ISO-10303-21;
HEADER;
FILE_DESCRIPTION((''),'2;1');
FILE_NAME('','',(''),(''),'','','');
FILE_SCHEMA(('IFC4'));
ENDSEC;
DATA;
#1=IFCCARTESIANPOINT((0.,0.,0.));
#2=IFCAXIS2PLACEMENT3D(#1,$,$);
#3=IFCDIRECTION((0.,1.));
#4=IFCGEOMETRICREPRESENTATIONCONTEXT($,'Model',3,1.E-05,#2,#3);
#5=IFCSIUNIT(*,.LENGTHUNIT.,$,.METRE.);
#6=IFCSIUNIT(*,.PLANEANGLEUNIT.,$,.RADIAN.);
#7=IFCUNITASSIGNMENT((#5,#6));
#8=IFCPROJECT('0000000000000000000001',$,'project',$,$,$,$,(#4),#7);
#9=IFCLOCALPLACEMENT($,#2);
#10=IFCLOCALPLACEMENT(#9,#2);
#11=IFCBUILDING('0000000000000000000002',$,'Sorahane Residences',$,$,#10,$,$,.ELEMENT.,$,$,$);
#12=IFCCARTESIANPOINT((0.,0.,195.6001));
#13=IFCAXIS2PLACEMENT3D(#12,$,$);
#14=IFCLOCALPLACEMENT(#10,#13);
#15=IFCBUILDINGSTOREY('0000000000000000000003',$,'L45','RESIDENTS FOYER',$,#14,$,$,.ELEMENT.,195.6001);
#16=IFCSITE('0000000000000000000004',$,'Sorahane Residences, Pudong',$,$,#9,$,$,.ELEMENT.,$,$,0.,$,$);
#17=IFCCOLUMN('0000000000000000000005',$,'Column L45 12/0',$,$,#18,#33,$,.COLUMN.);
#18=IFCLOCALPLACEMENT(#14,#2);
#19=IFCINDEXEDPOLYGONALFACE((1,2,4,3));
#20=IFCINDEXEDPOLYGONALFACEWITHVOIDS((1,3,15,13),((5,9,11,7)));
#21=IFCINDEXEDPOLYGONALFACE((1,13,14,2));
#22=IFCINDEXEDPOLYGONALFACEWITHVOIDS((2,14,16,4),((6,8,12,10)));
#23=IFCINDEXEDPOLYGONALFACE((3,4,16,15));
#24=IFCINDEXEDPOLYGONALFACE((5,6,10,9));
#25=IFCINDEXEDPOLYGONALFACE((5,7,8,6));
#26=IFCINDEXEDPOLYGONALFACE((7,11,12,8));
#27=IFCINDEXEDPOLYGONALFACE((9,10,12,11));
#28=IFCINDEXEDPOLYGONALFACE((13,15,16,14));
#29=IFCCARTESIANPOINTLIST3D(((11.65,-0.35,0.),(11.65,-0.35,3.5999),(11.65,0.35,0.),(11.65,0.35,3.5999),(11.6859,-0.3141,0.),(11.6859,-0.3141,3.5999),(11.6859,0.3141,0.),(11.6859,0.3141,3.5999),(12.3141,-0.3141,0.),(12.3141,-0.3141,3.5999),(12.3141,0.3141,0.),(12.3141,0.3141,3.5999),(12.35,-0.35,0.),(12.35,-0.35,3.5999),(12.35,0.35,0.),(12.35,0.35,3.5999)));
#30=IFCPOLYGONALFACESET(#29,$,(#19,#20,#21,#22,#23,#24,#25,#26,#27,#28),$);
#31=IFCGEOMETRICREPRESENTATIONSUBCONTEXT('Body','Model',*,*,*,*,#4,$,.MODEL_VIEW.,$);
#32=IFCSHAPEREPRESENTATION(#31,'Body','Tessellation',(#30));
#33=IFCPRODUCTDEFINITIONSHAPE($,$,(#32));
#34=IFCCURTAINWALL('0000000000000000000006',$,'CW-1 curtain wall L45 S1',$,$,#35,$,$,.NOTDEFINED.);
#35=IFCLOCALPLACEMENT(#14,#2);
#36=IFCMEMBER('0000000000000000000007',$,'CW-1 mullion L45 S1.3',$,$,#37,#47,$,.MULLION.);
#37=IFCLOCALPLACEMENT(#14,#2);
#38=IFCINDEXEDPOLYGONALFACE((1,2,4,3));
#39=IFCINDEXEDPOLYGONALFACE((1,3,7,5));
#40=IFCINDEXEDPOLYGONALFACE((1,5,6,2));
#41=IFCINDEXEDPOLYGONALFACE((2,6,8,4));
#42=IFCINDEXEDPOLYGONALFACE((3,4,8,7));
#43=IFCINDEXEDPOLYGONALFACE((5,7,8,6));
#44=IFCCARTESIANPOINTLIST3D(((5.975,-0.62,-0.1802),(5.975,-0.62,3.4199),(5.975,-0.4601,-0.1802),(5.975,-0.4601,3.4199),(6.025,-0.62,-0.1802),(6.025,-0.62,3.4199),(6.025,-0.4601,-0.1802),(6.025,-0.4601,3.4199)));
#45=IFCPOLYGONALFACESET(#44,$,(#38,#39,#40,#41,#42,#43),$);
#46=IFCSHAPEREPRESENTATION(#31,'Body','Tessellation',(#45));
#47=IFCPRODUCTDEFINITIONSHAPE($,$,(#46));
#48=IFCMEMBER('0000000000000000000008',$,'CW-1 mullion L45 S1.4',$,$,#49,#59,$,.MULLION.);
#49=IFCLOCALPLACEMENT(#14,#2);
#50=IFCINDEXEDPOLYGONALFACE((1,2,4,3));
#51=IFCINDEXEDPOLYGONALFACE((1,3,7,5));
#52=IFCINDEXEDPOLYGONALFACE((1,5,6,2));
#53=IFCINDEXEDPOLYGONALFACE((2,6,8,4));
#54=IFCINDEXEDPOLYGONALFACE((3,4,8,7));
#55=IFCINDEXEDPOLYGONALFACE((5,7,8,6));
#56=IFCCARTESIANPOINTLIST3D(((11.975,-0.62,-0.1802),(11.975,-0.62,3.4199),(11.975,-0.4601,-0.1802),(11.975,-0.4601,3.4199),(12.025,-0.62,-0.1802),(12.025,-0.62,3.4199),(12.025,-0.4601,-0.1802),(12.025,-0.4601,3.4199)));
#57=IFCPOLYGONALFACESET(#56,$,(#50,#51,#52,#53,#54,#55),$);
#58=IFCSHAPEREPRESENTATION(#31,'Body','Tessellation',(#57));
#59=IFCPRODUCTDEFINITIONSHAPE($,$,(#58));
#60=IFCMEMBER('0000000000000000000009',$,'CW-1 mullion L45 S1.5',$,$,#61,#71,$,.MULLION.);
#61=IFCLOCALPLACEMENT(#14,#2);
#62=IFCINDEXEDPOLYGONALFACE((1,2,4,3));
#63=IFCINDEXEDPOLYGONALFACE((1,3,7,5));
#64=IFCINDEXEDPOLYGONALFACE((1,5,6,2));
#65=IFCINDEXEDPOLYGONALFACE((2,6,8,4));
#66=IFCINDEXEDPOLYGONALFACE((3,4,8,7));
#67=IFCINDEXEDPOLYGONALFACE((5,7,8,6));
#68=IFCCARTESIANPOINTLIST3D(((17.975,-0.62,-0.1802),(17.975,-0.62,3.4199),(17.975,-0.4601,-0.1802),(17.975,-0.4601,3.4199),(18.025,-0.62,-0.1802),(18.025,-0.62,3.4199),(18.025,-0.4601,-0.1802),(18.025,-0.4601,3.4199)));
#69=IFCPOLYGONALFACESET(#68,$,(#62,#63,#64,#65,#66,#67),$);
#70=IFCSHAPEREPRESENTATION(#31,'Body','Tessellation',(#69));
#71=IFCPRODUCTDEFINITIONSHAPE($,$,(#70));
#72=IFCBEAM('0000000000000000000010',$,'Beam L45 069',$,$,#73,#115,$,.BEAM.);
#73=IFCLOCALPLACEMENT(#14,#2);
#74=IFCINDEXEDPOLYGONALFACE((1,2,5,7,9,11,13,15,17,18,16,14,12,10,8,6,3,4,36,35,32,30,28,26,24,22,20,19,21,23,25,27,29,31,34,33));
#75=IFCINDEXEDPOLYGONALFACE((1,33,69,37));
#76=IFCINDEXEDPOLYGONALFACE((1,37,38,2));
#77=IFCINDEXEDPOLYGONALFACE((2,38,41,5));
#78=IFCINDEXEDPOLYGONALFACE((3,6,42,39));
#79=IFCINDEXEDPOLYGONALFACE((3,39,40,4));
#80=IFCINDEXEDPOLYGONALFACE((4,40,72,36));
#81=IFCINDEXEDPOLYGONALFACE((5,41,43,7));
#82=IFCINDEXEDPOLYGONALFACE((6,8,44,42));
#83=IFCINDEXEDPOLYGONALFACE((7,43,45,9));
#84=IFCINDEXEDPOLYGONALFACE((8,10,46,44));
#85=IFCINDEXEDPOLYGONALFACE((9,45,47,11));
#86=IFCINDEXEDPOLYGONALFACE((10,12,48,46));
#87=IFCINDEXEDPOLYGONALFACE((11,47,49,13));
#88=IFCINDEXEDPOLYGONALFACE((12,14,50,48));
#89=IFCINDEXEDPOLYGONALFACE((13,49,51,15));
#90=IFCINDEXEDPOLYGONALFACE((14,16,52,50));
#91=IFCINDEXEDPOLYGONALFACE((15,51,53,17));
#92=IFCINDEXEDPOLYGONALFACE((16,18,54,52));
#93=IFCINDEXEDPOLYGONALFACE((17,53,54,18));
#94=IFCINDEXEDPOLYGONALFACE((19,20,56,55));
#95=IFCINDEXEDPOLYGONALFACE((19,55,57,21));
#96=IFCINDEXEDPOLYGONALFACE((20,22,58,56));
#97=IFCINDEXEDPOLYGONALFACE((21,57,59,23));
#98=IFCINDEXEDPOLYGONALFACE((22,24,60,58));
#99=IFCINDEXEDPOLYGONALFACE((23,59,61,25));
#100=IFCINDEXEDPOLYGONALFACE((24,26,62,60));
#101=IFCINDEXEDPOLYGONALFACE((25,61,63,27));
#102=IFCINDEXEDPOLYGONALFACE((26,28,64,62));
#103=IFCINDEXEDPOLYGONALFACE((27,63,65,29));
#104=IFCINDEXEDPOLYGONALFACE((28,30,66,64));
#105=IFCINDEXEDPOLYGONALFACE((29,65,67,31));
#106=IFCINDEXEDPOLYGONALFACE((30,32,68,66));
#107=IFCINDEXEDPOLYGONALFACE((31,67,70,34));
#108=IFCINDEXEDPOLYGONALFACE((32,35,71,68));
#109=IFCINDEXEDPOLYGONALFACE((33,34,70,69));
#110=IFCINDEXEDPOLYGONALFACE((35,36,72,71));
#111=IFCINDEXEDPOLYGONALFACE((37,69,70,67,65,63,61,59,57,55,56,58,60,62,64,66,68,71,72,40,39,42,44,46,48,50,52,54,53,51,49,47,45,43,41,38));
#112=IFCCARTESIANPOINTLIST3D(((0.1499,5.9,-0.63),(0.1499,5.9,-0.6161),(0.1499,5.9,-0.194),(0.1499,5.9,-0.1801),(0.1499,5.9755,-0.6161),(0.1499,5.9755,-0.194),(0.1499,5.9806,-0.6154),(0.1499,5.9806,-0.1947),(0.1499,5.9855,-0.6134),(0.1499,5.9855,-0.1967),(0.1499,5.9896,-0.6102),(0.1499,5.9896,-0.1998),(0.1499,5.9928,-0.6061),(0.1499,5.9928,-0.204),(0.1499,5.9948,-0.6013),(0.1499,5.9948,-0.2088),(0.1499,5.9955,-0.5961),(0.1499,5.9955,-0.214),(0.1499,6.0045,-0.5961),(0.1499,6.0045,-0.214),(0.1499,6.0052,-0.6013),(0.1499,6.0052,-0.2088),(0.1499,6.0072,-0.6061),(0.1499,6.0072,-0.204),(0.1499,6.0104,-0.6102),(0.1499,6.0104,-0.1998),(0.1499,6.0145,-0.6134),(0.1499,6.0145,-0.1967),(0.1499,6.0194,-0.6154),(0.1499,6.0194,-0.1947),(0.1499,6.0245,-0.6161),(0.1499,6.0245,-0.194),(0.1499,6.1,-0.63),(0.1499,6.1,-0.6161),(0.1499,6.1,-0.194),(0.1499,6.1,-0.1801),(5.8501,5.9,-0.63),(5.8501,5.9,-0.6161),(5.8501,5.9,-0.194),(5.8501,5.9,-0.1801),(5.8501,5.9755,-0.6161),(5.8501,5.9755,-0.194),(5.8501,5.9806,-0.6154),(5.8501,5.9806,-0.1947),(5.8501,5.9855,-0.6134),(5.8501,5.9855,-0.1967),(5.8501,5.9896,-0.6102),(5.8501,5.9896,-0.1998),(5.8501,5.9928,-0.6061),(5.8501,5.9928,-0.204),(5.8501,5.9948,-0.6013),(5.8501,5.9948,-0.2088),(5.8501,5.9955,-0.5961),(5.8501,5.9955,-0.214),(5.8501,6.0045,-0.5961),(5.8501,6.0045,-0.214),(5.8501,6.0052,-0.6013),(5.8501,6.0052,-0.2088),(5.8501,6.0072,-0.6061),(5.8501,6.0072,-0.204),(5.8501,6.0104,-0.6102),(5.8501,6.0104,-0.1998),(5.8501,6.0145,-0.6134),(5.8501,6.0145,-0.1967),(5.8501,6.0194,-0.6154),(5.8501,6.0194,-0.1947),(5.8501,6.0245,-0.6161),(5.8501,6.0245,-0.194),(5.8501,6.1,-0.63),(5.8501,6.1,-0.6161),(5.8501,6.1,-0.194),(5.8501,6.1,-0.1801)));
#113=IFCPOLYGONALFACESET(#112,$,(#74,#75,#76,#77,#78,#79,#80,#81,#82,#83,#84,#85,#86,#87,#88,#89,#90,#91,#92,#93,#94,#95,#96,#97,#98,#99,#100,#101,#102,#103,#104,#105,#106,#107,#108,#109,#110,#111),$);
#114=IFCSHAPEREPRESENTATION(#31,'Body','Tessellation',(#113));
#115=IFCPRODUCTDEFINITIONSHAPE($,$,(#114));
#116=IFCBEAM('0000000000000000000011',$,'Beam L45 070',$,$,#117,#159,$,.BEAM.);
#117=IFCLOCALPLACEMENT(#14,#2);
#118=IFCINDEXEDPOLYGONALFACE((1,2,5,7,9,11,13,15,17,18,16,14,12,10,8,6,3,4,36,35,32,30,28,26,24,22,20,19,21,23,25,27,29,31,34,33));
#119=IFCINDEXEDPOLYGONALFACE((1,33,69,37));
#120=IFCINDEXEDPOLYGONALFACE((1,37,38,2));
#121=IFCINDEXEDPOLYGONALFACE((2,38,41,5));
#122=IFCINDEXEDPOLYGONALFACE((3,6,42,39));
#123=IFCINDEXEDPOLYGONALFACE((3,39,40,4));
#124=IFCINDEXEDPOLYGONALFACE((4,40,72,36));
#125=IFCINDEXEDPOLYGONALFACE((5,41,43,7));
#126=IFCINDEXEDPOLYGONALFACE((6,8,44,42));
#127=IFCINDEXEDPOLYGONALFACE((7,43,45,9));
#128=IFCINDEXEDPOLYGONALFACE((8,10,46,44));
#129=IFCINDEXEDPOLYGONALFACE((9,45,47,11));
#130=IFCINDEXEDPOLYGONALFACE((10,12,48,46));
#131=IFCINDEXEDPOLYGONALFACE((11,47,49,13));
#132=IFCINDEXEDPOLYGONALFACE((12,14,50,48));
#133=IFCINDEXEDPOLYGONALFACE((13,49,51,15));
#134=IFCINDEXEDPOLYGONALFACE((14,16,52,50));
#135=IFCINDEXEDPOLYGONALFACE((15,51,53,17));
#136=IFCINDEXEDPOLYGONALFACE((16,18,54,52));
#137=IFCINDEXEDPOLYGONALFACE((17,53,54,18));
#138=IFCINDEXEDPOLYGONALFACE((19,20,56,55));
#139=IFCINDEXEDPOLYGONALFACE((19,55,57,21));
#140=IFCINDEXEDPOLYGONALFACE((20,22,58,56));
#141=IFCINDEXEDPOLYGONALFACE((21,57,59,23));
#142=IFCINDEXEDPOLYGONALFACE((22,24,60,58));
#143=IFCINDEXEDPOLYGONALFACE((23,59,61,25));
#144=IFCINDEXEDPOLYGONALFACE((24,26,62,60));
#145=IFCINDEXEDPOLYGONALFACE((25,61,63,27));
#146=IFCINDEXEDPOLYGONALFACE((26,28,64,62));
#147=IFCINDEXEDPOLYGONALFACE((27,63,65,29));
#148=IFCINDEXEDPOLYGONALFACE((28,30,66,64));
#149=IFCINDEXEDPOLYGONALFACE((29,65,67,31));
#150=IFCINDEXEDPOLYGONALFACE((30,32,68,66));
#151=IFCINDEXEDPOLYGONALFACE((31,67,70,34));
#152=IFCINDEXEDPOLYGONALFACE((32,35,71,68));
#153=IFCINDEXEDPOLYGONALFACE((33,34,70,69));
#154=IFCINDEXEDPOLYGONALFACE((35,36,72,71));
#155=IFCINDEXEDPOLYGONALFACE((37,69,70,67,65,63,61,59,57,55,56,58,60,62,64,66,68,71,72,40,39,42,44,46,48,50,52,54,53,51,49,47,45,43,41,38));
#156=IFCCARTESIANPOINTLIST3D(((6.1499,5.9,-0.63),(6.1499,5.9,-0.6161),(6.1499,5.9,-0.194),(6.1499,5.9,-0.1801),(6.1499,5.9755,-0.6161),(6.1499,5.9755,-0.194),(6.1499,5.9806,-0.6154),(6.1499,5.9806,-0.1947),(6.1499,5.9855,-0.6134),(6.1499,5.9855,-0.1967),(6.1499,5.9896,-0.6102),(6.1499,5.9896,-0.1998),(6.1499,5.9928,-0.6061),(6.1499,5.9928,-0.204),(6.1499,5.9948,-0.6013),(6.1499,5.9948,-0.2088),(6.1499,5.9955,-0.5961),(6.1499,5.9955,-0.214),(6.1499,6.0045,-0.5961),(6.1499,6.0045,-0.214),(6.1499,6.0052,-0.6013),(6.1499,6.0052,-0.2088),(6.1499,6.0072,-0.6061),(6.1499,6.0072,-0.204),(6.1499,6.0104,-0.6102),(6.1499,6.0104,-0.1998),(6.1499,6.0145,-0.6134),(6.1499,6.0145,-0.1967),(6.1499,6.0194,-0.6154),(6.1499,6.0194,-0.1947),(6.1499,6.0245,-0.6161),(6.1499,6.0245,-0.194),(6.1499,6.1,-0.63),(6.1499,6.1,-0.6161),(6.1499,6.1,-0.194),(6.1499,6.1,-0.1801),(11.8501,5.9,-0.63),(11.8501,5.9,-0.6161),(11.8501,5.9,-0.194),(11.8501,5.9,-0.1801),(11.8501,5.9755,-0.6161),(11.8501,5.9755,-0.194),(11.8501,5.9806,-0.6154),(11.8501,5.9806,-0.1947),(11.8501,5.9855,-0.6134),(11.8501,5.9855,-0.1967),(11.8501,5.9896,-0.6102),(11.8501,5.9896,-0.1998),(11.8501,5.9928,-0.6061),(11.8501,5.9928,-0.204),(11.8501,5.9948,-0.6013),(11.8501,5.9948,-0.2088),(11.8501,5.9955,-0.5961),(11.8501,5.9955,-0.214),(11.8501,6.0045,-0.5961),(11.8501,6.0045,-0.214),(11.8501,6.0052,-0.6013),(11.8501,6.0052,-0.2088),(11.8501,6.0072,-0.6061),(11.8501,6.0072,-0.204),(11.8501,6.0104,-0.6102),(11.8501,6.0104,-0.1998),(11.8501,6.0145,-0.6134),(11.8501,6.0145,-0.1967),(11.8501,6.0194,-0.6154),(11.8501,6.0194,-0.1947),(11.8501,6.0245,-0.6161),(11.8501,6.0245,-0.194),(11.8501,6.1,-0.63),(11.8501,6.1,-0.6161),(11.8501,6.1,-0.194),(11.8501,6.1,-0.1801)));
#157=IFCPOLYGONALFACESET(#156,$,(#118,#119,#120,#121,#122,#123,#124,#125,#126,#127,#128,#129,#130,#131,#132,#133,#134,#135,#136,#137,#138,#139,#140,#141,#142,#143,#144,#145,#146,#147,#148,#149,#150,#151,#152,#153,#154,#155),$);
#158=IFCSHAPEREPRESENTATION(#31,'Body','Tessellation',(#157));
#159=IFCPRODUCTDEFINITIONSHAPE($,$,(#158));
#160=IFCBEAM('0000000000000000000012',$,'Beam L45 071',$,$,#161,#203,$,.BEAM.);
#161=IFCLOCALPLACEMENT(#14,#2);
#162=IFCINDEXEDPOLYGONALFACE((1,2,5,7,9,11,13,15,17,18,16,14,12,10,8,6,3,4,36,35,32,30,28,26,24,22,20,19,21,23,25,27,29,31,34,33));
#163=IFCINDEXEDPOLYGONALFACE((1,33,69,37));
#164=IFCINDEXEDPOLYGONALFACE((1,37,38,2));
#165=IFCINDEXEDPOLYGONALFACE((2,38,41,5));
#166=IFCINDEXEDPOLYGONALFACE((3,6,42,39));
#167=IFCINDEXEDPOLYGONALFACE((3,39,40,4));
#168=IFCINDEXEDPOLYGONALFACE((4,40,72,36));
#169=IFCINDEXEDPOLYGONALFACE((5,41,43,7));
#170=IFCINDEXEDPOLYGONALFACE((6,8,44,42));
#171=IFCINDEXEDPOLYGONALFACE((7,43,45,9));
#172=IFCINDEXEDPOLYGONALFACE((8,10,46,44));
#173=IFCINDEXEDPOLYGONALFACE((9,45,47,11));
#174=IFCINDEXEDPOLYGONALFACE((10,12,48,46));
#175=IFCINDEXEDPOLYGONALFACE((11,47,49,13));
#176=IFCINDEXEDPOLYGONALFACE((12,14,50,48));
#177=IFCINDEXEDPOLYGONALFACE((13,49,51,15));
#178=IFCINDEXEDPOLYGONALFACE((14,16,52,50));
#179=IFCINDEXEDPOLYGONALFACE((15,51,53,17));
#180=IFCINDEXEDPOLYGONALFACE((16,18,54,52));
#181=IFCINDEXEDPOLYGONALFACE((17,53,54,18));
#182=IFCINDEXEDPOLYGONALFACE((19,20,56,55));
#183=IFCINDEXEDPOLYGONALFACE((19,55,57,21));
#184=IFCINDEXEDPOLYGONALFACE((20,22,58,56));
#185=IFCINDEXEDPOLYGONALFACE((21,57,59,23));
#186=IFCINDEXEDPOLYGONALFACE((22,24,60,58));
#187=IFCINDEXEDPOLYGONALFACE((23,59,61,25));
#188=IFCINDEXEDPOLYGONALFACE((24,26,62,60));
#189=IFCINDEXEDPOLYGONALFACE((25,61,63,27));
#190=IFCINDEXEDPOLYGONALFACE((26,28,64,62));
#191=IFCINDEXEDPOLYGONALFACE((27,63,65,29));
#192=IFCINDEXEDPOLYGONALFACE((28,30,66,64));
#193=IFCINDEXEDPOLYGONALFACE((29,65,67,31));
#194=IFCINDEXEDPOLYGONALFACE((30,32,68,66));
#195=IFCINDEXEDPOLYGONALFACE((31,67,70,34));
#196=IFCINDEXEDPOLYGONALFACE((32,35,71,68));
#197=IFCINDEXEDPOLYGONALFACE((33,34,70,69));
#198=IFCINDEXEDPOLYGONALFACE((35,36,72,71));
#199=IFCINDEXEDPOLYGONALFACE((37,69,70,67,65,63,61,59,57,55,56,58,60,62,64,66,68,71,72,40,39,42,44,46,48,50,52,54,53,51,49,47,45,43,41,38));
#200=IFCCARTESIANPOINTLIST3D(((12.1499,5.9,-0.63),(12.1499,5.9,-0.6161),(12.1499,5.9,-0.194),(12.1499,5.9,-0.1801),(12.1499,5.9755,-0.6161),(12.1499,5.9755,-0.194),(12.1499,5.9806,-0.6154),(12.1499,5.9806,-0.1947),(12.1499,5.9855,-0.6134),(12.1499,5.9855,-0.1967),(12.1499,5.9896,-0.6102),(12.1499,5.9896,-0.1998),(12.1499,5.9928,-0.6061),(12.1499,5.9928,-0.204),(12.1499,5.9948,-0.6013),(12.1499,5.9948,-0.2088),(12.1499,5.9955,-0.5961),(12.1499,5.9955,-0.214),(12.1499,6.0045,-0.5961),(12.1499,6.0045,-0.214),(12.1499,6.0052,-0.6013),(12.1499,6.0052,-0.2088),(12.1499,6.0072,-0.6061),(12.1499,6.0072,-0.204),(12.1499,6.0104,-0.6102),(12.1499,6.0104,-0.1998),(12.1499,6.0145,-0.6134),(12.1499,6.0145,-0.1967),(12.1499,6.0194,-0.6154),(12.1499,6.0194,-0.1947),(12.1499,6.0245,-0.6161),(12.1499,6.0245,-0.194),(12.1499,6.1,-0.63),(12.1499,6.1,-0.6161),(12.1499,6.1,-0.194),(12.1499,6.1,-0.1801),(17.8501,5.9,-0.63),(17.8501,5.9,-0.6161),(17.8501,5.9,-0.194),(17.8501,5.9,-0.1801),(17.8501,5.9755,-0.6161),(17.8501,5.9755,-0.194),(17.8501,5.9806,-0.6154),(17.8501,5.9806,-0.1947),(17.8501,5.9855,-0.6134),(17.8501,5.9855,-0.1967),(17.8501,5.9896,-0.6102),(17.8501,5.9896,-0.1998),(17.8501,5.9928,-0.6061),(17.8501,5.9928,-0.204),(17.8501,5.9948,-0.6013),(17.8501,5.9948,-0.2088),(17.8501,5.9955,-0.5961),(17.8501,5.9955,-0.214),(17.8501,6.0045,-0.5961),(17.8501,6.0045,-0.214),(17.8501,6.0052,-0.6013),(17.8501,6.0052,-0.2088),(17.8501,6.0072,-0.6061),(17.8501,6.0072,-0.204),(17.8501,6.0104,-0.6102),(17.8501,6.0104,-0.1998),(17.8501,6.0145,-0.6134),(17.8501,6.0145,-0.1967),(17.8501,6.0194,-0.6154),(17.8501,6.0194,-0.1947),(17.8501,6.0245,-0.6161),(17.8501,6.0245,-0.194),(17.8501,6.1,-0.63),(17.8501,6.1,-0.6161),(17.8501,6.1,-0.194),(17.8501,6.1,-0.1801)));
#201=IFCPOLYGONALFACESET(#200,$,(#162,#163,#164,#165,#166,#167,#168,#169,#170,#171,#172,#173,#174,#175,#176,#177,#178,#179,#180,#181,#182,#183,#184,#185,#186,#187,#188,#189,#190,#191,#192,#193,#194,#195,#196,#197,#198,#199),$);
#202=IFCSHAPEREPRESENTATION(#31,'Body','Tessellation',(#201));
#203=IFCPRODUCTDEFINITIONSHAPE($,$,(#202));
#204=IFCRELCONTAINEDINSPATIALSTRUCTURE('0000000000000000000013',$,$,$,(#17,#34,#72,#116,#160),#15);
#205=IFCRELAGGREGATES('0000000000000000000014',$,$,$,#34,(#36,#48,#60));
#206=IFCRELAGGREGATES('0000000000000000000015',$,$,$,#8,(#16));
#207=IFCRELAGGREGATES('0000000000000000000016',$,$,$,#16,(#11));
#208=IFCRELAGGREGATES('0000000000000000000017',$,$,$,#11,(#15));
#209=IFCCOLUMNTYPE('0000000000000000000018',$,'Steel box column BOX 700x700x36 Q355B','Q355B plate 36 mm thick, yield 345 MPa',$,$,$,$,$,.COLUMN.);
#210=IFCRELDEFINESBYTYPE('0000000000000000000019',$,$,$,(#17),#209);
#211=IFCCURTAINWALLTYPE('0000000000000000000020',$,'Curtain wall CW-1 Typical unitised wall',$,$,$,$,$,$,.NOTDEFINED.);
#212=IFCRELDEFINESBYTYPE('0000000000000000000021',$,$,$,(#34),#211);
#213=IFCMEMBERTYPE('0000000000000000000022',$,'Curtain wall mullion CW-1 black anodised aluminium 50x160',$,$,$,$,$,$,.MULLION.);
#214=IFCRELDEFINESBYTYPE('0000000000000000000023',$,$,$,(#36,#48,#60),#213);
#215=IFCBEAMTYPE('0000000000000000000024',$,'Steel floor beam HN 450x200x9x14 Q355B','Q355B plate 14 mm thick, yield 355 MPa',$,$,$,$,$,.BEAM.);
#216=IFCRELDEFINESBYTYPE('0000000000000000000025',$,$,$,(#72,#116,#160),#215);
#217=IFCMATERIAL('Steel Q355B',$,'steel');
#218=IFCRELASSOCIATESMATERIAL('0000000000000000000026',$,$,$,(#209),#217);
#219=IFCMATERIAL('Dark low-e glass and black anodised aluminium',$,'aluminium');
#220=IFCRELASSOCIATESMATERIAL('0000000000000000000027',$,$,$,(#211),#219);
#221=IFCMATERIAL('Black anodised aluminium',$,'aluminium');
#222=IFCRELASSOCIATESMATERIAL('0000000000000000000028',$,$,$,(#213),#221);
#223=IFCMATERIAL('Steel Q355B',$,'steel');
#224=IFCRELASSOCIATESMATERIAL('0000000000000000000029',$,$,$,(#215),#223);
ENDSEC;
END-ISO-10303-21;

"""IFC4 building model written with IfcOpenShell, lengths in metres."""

from ifc_helpers import new_model, si_unit, direction, frame, origin, origin_2d, place, context, subcontext, project, spatial, rectangle, hollow_rectangle, i_section, extrude, material, material_profile, profile_set, type_object, element, aggregate, save


model = new_model("IFC4")

# Units and contexts
model_context = context("Model", 3, precision=1e-05, world=origin(), true_north=direction((0.0, 1.0)))
body_context = subcontext(model_context, "Body", "Model", "MODEL_VIEW")
ifc_project = project(units=[si_unit("LENGTHUNIT", "METRE"), si_unit("PLANEANGLEUNIT", "RADIAN")], contexts=[model_context])

# Site, building, storey
site_placement = place(None, origin())
site = spatial("IfcSite", under=ifc_project, at=site_placement, Name="Sorahane Residences, Pudong", CompositionType="ELEMENT", RefElevation=0.0)
building_placement = place(site_placement, origin())
building = spatial("IfcBuilding", under=site, at=building_placement, Name="Sorahane Residences", CompositionType="ELEMENT")
storey_placement = place(building_placement, frame((0.0, 0.0, 195.6001)))
storey = spatial("IfcBuildingStorey", under=building, at=storey_placement, Name="L45", Description="RESIDENTS FOYER", CompositionType="ELEMENT", Elevation=195.6001)

# Column
ifc_material_1 = material(Name="Steel Q355B", Category="steel")
ifc_material_profile_1 = material_profile(ifc_material_1, hollow_rectangle(XDim=0.7, YDim=0.7, WallThickness=0.0359, at=origin_2d()), Name="BOX 700x700x36")
ifc_profile_set_1 = profile_set([ifc_material_profile_1], Name="Steel Q355B")
column_type = type_object("IfcColumnType", Name="Steel box column BOX 700x700x36 Q355B", Description="Q355B plate 36 mm thick, yield 345 MPa", PredefinedType="COLUMN", material=ifc_profile_set_1)
column_placement = place(storey_placement, frame((12.0, 0.0, 0.0), z_axis=(0.0, 0.0, 1.0), x_axis=(1.0, 0.0, 0.0)))
element("IfcColumn", 1, at=column_placement, inside=storey, type_object=column_type, Name="Column L45 12/0", PredefinedType="COLUMN", context=body_context, shape_type="SweptSolid", body=[
    extrude(hollow_rectangle(XDim=0.7, YDim=0.7, WallThickness=0.0359, at=origin_2d()), origin(), (0.0, 0.0, 1.0), 3.5999),
])

# Curtain wall, members
ifc_material_2 = material(Name="Dark low-e glass and black anodised aluminium", Category="aluminium")
curtain_wall_type = type_object("IfcCurtainWallType", Name="Curtain wall CW-1 Typical unitised wall", PredefinedType="NOTDEFINED", material=ifc_material_2)
curtain_wall_placement = place(storey_placement, origin())
curtain_wall = element("IfcCurtainWall", 2, at=curtain_wall_placement, inside=storey, type_object=curtain_wall_type, Name="CW-1 curtain wall L45 S1", PredefinedType="NOTDEFINED")
ifc_material_3 = material(Name="Black anodised aluminium", Category="aluminium")
ifc_material_profile_2 = material_profile(ifc_material_3, rectangle(XDim=0.1599, YDim=0.05, at=origin_2d()), Name="Curtain wall mullion CW-1 black anodised aluminium 50x160")
ifc_profile_set_2 = profile_set([ifc_material_profile_2], Name="Black anodised aluminium")
member_type = type_object("IfcMemberType", Name="Curtain wall mullion CW-1 black anodised aluminium 50x160", PredefinedType="MULLION", material=ifc_profile_set_2)
member_1_placement = place(storey_placement, frame((6.0, -0.54, -0.1802), z_axis=(0.0, 0.0, 1.0), x_axis=(0.0, -1.0, 0.0)))
member_1 = element("IfcMember", 3, at=member_1_placement, type_object=member_type, Name="CW-1 mullion L45 S1.3", PredefinedType="MULLION", context=body_context, shape_type="SweptSolid", body=[
    extrude(rectangle(XDim=0.1599, YDim=0.05, at=origin_2d()), origin(), (0.0, 0.0, 1.0), 3.6001),
])
member_2_placement = place(storey_placement, frame((12.0, -0.54, -0.1802), z_axis=(0.0, 0.0, 1.0), x_axis=(0.0, -1.0, 0.0)))
member_2 = element("IfcMember", 4, at=member_2_placement, type_object=member_type, Name="CW-1 mullion L45 S1.4", PredefinedType="MULLION", context=body_context, shape_type="SweptSolid", body=[
    extrude(rectangle(XDim=0.1599, YDim=0.05, at=origin_2d()), origin(), (0.0, 0.0, 1.0), 3.6001),
])
member_3_placement = place(storey_placement, frame((18.0, -0.54, -0.1802), z_axis=(0.0, 0.0, 1.0), x_axis=(0.0, -1.0, 0.0)))
member_3 = element("IfcMember", 5, at=member_3_placement, type_object=member_type, Name="CW-1 mullion L45 S1.5", PredefinedType="MULLION", context=body_context, shape_type="SweptSolid", body=[
    extrude(rectangle(XDim=0.1599, YDim=0.05, at=origin_2d()), origin(), (0.0, 0.0, 1.0), 3.6001),
])

# Beams
ifc_material_4 = material(Name="Steel Q355B", Category="steel")
ifc_material_profile_3 = material_profile(ifc_material_4, i_section(OverallWidth=0.2, OverallDepth=0.45, WebThickness=0.009, FlangeThickness=0.0139, FilletRadius=0.02, at=origin_2d()), Name="HN 450x200x9x14")
ifc_profile_set_3 = profile_set([ifc_material_profile_3], Name="Steel Q355B")
beam_type_1 = type_object("IfcBeamType", Name="Steel floor beam HN 450x200x9x14 Q355B", Description="Q355B plate 14 mm thick, yield 355 MPa", PredefinedType="BEAM", material=ifc_profile_set_3)
for number, where, z_axis, x_axis, name in (
    (6, (0.1499, 6.0, -0.405), (1.0, 0.0, 0.0), (0.0, 1.0, 0.0), "Beam L45 069"),
    (7, (6.1499, 6.0, -0.405), (1.0, 0.0, 0.0), (0.0, 1.0, 0.0), "Beam L45 070"),
    (8, (12.1499, 6.0, -0.405), (1.0, 0.0, 0.0), (0.0, 1.0, 0.0), "Beam L45 071"),
):
    element("IfcBeam", number, at=place(storey_placement, frame(where, z_axis=z_axis, x_axis=x_axis)), inside=storey, type_object=beam_type_1, Name=name, PredefinedType="BEAM", context=body_context, shape_type="SweptSolid", body=[
        extrude(i_section(OverallWidth=0.2, OverallDepth=0.45, WebThickness=0.009, FlangeThickness=0.0139, FilletRadius=0.02, at=origin_2d()), origin(), (0.0, 0.0, 1.0), 5.7002),
    ])

aggregate(curtain_wall, [member_1, member_2, member_3])

save(model, "model.ifc")
